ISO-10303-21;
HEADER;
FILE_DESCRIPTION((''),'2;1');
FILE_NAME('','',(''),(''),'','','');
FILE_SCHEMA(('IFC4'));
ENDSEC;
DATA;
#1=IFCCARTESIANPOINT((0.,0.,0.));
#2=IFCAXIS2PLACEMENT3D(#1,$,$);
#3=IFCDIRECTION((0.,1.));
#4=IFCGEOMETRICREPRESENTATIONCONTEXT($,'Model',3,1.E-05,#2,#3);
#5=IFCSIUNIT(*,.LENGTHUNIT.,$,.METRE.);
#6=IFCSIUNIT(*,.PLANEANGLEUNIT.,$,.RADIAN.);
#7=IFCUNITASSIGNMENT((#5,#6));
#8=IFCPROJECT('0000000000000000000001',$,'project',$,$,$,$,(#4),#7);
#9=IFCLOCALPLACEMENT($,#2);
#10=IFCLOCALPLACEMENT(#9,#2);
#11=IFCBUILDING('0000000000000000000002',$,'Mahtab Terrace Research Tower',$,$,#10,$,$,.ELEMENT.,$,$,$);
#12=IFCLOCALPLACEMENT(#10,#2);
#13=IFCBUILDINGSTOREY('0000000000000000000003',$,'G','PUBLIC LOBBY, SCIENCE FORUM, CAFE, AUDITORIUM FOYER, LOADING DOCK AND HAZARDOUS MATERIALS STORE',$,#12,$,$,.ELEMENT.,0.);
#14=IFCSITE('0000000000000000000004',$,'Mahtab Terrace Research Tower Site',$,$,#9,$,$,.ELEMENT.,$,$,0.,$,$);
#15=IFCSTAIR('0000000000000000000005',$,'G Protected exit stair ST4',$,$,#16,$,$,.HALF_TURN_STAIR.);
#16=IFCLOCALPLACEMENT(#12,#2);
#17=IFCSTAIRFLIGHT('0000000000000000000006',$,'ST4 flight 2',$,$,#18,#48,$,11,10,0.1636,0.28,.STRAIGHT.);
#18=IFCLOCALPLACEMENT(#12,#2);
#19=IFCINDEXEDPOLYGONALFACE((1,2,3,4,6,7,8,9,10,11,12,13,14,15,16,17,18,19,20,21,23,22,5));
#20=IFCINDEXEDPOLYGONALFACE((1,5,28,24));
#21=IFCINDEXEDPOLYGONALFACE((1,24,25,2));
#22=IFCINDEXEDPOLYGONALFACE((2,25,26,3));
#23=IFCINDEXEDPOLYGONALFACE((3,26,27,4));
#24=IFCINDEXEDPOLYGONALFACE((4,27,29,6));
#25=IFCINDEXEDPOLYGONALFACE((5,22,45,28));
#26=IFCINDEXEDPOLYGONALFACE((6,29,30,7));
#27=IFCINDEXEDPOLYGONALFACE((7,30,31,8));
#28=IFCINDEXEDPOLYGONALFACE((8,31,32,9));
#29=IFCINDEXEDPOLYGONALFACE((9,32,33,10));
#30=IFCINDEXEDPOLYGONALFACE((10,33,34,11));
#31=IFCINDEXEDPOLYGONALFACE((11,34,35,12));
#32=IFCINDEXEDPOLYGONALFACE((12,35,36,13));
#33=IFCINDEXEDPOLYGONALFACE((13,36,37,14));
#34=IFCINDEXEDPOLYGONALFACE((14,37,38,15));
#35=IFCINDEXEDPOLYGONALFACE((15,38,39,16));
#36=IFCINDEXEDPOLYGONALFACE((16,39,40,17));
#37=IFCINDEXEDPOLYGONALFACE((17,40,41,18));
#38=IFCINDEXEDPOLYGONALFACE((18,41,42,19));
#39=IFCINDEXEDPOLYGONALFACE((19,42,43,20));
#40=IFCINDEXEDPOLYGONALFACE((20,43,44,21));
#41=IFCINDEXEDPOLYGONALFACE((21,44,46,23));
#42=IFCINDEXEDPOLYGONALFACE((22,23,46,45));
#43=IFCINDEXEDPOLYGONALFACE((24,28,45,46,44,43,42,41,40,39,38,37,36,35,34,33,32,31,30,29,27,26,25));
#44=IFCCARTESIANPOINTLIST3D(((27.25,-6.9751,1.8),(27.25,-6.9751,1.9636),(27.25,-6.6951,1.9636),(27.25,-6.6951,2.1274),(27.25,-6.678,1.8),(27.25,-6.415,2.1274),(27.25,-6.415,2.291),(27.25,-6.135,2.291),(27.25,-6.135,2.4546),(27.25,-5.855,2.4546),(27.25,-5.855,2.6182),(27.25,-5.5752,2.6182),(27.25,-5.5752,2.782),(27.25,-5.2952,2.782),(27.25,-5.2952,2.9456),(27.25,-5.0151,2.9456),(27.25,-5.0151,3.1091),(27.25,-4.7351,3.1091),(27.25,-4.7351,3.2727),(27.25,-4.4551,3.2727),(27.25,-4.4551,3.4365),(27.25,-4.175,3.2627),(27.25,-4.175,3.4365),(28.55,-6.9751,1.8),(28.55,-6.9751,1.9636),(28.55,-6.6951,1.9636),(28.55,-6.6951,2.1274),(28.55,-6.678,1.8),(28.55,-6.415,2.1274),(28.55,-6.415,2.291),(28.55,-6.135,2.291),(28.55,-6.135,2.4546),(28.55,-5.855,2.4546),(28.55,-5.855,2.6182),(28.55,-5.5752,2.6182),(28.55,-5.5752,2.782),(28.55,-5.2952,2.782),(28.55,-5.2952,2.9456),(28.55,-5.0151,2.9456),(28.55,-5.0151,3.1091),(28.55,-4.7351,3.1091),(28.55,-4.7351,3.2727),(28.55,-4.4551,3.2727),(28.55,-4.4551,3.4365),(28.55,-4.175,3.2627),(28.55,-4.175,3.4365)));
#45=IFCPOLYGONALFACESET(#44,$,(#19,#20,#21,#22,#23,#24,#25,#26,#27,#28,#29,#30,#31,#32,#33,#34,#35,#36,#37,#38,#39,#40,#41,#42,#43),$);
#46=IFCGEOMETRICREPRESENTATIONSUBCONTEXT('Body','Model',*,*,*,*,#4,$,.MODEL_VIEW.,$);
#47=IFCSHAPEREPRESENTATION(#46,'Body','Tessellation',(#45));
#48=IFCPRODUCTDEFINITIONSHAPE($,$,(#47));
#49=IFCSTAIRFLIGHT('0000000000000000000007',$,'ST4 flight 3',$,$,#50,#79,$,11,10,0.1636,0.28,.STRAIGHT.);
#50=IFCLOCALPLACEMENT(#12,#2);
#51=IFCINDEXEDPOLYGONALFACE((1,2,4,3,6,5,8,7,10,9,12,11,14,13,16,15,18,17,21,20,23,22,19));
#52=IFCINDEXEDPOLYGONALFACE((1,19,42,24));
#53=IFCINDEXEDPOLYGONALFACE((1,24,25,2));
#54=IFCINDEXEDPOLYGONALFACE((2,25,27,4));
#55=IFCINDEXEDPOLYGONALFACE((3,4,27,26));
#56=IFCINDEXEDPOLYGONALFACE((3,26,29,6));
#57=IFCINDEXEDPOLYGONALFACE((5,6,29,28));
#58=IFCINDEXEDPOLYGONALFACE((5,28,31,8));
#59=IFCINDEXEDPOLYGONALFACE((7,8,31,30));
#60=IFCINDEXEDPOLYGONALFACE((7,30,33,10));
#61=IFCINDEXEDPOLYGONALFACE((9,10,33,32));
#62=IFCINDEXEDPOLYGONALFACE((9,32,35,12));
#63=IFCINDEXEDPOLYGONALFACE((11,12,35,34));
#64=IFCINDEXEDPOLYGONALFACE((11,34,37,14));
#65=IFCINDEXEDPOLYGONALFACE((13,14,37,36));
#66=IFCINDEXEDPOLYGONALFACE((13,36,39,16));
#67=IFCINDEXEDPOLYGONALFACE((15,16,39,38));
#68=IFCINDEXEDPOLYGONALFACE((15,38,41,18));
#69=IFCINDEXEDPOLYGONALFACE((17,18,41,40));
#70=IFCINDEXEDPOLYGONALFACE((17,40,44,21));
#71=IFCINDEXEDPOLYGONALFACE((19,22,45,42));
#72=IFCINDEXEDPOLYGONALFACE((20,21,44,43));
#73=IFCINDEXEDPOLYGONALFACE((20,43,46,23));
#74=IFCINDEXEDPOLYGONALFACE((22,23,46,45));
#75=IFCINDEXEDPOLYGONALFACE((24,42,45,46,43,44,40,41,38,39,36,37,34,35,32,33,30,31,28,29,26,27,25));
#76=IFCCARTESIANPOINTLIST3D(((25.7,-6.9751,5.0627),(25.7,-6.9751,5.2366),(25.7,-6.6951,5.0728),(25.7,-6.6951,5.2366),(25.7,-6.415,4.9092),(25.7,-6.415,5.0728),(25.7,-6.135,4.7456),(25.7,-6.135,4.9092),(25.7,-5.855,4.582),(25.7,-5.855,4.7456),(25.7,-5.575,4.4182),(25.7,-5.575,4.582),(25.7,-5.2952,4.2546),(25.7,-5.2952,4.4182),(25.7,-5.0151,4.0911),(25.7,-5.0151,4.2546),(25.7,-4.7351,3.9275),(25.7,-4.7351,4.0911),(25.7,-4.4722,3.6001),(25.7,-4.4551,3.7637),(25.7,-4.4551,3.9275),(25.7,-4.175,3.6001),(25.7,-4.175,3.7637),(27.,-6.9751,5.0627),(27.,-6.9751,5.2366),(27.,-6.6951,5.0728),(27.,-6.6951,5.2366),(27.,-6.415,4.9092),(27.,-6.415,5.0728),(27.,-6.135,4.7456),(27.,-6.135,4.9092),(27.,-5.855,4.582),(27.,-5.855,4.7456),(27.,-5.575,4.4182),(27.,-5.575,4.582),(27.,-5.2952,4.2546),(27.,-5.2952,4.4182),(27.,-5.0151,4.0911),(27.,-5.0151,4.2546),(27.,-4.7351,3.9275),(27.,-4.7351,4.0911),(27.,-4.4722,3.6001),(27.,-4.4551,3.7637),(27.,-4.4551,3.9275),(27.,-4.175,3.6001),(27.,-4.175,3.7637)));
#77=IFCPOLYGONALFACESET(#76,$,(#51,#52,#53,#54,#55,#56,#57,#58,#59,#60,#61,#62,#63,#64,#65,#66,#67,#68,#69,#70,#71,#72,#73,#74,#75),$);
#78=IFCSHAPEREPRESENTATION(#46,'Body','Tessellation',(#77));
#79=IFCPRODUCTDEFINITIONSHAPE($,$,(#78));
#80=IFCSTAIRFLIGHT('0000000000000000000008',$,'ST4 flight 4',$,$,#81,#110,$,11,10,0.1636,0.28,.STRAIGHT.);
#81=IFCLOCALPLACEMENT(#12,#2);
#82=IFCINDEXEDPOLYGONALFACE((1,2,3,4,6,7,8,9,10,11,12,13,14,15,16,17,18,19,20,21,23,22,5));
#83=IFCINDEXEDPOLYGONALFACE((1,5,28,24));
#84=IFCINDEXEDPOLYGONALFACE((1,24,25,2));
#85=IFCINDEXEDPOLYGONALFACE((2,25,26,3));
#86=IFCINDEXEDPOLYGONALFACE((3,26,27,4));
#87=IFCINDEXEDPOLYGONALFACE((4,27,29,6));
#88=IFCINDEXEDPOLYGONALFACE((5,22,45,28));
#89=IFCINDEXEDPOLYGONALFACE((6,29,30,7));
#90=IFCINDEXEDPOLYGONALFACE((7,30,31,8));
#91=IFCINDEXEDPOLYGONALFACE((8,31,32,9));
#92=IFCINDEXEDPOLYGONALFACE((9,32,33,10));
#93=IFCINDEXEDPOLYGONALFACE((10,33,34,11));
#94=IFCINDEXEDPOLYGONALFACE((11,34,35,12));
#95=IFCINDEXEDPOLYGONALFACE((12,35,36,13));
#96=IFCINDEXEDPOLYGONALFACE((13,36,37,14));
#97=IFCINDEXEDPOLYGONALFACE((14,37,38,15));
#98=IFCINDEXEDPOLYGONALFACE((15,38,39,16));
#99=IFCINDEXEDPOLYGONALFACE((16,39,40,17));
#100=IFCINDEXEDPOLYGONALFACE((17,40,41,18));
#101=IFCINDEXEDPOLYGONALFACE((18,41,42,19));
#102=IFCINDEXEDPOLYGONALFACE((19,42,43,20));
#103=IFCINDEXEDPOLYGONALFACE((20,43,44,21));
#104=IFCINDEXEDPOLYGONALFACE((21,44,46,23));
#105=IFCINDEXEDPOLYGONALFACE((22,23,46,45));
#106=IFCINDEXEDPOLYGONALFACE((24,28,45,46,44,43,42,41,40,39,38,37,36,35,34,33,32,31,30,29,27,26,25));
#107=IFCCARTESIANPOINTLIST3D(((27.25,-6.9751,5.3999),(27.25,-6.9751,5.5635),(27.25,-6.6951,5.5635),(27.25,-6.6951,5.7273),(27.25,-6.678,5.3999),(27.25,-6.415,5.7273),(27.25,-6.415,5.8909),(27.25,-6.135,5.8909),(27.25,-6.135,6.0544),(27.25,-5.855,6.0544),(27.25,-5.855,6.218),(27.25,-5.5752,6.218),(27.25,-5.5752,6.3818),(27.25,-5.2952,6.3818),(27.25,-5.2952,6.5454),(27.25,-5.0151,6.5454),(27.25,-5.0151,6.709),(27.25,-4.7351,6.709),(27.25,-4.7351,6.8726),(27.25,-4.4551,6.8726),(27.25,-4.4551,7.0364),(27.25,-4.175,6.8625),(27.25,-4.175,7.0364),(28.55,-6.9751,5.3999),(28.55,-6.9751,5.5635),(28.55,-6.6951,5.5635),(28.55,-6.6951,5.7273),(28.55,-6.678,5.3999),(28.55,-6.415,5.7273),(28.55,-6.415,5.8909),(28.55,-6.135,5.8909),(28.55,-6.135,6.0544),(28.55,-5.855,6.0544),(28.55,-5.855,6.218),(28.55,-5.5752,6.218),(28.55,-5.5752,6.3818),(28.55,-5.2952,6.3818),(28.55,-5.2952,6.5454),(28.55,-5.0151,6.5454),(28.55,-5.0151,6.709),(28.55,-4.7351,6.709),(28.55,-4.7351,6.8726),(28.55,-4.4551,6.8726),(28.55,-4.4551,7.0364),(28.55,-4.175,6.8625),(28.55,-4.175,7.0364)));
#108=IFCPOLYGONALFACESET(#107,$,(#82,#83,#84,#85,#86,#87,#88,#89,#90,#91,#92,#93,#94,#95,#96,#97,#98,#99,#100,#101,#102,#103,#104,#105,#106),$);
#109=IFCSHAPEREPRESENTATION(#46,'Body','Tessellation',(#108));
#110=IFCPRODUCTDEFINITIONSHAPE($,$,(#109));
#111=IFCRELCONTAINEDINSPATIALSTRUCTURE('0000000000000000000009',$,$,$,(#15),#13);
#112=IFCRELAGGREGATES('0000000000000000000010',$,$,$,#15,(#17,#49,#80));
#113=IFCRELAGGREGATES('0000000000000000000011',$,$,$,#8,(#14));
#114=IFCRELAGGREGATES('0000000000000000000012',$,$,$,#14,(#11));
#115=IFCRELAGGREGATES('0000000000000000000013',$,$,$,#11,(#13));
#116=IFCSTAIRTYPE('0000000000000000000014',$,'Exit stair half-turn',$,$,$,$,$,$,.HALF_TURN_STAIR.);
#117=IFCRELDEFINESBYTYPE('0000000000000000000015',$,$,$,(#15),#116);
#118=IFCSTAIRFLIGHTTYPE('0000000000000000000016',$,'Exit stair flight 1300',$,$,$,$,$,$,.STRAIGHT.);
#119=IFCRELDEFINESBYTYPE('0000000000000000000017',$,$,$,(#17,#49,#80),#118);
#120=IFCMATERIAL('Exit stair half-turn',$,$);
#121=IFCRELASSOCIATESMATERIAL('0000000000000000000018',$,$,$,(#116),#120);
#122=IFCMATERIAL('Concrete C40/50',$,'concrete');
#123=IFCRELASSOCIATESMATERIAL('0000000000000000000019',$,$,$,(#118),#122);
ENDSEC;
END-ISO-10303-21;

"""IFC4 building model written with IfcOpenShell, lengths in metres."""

from ifc_helpers import new_model, si_unit, direction, frame, origin, place, context, subcontext, project, spatial, polyline, outline, extrude, material, type_object, element, aggregate, save


model = new_model("IFC4")

# Units and contexts
model_context = context("Model", 3, precision=1e-05, world=origin(), true_north=direction((0.0, 1.0)))
body_context = subcontext(model_context, "Body", "Model", "MODEL_VIEW")
ifc_project = project(units=[si_unit("LENGTHUNIT", "METRE"), si_unit("PLANEANGLEUNIT", "RADIAN")], contexts=[model_context])

# Site, building, storey
site_placement = place(None, origin())
site = spatial("IfcSite", under=ifc_project, at=site_placement, Name="Mahtab Terrace Research Tower Site", CompositionType="ELEMENT", RefElevation=0.0)
building_placement = place(site_placement, origin())
building = spatial("IfcBuilding", under=site, at=building_placement, Name="Mahtab Terrace Research Tower", CompositionType="ELEMENT")
storey_placement = place(building_placement, origin())
storey = spatial("IfcBuildingStorey", under=building, at=storey_placement, Name="G", Description="PUBLIC LOBBY, SCIENCE FORUM, CAFE, AUDITORIUM FOYER, LOADING DOCK AND HAZARDOUS MATERIALS STORE", CompositionType="ELEMENT", Elevation=0.0)

# Shared definitions
ifc_material_1 = material(Name="Concrete C40/50", Category="concrete")

# Stair, stair flights
ifc_material_2 = material(Name="Exit stair half-turn")
stair_type = type_object("IfcStairType", Name="Exit stair half-turn", PredefinedType="HALF_TURN_STAIR", material=ifc_material_2)
stair_placement = place(storey_placement, origin())
stair = element("IfcStair", 1, at=stair_placement, inside=storey, type_object=stair_type, Name="G Protected exit stair ST4", PredefinedType="HALF_TURN_STAIR")
stair_flight_type = type_object("IfcStairFlightType", Name="Exit stair flight 1300", PredefinedType="STRAIGHT", material=ifc_material_1)
stair_flight_1_placement = place(storey_placement, frame((27.8999, -6.9751, 1.8), z_axis=(0.0, 0.0, 1.0), x_axis=(0.0, 1.0, 0.0)))
stair_flight_1 = element("IfcStairFlight", 2, at=stair_flight_1_placement, type_object=stair_flight_type, Name="ST4 flight 2", NumberOfRisers=11, NumberOfTreads=10, PredefinedType="STRAIGHT", RiserHeight=0.1636, TreadLength=0.28, context=body_context, shape_type="SweptSolid", body=[
    extrude(outline(polyline([(0.0, 0.0), (0.0, 0.1636), (0.28, 0.1636), (0.28, 0.3274), (0.5601, 0.3274), (0.5601, 0.491), (0.8401, 0.491), (0.8401, 0.6545), (1.1201, 0.6545), (1.1201, 0.8181), (1.3999, 0.8181), (1.3999, 0.9819), (1.6799, 0.9819), (1.6799, 1.1455), (1.96, 1.1455), (1.96, 1.3091), (2.24, 1.3091), (2.24, 1.4727), (2.52, 1.4727), (2.52, 1.6365), (2.8, 1.6365), (2.8, 1.8), (2.8, 1.4626), (0.2971, 0.0), (0.0, 0.0)])), frame((0.0, 0.6499, 0.0), z_axis=(0.0, -1.0, 0.0), x_axis=(1.0, 0.0, 0.0)), (0.0, 0.0, 1.0), 1.3),
])
stair_flight_2_placement = place(storey_placement, frame((26.3501, -4.175, 3.6001), z_axis=(0.0, 0.0, 1.0), x_axis=(0.0, -1.0, 0.0)))
stair_flight_2 = element("IfcStairFlight", 3, at=stair_flight_2_placement, type_object=stair_flight_type, Name="ST4 flight 3", NumberOfRisers=11, NumberOfTreads=10, PredefinedType="STRAIGHT", RiserHeight=0.1636, TreadLength=0.28, context=body_context, shape_type="SweptSolid", body=[
    extrude(outline(polyline([(0.0, 0.0), (0.0, 0.1636), (0.28, 0.1636), (0.28, 0.3274), (0.5601, 0.3274), (0.5601, 0.491), (0.8401, 0.491), (0.8401, 0.6545), (1.1201, 0.6545), (1.1201, 0.8181), (1.3999, 0.8181), (1.3999, 0.9819), (1.6799, 0.9819), (1.6799, 1.1455), (1.96, 1.1455), (1.96, 1.3091), (2.24, 1.3091), (2.24, 1.4727), (2.52, 1.4727), (2.52, 1.6365), (2.8, 1.6365), (2.8, 1.8), (2.8, 1.4626), (0.2971, 0.0), (0.0, 0.0)])), frame((0.0, 0.6499, 0.0), z_axis=(0.0, -1.0, 0.0), x_axis=(1.0, 0.0, 0.0)), (0.0, 0.0, 1.0), 1.3),
])
stair_flight_3_placement = place(storey_placement, frame((27.8999, -6.9751, 5.3999), z_axis=(0.0, 0.0, 1.0), x_axis=(0.0, 1.0, 0.0)))
stair_flight_3 = element("IfcStairFlight", 4, at=stair_flight_3_placement, type_object=stair_flight_type, Name="ST4 flight 4", NumberOfRisers=11, NumberOfTreads=10, PredefinedType="STRAIGHT", RiserHeight=0.1636, TreadLength=0.28, context=body_context, shape_type="SweptSolid", body=[
    extrude(outline(polyline([(0.0, 0.0), (0.0, 0.1636), (0.28, 0.1636), (0.28, 0.3274), (0.5601, 0.3274), (0.5601, 0.491), (0.8401, 0.491), (0.8401, 0.6545), (1.1201, 0.6545), (1.1201, 0.8181), (1.3999, 0.8181), (1.3999, 0.9819), (1.6799, 0.9819), (1.6799, 1.1455), (1.96, 1.1455), (1.96, 1.3091), (2.24, 1.3091), (2.24, 1.4727), (2.52, 1.4727), (2.52, 1.6365), (2.8, 1.6365), (2.8, 1.8), (2.8, 1.4626), (0.2971, 0.0), (0.0, 0.0)])), frame((0.0, 0.6499, 0.0), z_axis=(0.0, -1.0, 0.0), x_axis=(1.0, 0.0, 0.0)), (0.0, 0.0, 1.0), 1.3),
])
aggregate(stair, [stair_flight_1, stair_flight_2, stair_flight_3])

save(model, "model.ifc")
